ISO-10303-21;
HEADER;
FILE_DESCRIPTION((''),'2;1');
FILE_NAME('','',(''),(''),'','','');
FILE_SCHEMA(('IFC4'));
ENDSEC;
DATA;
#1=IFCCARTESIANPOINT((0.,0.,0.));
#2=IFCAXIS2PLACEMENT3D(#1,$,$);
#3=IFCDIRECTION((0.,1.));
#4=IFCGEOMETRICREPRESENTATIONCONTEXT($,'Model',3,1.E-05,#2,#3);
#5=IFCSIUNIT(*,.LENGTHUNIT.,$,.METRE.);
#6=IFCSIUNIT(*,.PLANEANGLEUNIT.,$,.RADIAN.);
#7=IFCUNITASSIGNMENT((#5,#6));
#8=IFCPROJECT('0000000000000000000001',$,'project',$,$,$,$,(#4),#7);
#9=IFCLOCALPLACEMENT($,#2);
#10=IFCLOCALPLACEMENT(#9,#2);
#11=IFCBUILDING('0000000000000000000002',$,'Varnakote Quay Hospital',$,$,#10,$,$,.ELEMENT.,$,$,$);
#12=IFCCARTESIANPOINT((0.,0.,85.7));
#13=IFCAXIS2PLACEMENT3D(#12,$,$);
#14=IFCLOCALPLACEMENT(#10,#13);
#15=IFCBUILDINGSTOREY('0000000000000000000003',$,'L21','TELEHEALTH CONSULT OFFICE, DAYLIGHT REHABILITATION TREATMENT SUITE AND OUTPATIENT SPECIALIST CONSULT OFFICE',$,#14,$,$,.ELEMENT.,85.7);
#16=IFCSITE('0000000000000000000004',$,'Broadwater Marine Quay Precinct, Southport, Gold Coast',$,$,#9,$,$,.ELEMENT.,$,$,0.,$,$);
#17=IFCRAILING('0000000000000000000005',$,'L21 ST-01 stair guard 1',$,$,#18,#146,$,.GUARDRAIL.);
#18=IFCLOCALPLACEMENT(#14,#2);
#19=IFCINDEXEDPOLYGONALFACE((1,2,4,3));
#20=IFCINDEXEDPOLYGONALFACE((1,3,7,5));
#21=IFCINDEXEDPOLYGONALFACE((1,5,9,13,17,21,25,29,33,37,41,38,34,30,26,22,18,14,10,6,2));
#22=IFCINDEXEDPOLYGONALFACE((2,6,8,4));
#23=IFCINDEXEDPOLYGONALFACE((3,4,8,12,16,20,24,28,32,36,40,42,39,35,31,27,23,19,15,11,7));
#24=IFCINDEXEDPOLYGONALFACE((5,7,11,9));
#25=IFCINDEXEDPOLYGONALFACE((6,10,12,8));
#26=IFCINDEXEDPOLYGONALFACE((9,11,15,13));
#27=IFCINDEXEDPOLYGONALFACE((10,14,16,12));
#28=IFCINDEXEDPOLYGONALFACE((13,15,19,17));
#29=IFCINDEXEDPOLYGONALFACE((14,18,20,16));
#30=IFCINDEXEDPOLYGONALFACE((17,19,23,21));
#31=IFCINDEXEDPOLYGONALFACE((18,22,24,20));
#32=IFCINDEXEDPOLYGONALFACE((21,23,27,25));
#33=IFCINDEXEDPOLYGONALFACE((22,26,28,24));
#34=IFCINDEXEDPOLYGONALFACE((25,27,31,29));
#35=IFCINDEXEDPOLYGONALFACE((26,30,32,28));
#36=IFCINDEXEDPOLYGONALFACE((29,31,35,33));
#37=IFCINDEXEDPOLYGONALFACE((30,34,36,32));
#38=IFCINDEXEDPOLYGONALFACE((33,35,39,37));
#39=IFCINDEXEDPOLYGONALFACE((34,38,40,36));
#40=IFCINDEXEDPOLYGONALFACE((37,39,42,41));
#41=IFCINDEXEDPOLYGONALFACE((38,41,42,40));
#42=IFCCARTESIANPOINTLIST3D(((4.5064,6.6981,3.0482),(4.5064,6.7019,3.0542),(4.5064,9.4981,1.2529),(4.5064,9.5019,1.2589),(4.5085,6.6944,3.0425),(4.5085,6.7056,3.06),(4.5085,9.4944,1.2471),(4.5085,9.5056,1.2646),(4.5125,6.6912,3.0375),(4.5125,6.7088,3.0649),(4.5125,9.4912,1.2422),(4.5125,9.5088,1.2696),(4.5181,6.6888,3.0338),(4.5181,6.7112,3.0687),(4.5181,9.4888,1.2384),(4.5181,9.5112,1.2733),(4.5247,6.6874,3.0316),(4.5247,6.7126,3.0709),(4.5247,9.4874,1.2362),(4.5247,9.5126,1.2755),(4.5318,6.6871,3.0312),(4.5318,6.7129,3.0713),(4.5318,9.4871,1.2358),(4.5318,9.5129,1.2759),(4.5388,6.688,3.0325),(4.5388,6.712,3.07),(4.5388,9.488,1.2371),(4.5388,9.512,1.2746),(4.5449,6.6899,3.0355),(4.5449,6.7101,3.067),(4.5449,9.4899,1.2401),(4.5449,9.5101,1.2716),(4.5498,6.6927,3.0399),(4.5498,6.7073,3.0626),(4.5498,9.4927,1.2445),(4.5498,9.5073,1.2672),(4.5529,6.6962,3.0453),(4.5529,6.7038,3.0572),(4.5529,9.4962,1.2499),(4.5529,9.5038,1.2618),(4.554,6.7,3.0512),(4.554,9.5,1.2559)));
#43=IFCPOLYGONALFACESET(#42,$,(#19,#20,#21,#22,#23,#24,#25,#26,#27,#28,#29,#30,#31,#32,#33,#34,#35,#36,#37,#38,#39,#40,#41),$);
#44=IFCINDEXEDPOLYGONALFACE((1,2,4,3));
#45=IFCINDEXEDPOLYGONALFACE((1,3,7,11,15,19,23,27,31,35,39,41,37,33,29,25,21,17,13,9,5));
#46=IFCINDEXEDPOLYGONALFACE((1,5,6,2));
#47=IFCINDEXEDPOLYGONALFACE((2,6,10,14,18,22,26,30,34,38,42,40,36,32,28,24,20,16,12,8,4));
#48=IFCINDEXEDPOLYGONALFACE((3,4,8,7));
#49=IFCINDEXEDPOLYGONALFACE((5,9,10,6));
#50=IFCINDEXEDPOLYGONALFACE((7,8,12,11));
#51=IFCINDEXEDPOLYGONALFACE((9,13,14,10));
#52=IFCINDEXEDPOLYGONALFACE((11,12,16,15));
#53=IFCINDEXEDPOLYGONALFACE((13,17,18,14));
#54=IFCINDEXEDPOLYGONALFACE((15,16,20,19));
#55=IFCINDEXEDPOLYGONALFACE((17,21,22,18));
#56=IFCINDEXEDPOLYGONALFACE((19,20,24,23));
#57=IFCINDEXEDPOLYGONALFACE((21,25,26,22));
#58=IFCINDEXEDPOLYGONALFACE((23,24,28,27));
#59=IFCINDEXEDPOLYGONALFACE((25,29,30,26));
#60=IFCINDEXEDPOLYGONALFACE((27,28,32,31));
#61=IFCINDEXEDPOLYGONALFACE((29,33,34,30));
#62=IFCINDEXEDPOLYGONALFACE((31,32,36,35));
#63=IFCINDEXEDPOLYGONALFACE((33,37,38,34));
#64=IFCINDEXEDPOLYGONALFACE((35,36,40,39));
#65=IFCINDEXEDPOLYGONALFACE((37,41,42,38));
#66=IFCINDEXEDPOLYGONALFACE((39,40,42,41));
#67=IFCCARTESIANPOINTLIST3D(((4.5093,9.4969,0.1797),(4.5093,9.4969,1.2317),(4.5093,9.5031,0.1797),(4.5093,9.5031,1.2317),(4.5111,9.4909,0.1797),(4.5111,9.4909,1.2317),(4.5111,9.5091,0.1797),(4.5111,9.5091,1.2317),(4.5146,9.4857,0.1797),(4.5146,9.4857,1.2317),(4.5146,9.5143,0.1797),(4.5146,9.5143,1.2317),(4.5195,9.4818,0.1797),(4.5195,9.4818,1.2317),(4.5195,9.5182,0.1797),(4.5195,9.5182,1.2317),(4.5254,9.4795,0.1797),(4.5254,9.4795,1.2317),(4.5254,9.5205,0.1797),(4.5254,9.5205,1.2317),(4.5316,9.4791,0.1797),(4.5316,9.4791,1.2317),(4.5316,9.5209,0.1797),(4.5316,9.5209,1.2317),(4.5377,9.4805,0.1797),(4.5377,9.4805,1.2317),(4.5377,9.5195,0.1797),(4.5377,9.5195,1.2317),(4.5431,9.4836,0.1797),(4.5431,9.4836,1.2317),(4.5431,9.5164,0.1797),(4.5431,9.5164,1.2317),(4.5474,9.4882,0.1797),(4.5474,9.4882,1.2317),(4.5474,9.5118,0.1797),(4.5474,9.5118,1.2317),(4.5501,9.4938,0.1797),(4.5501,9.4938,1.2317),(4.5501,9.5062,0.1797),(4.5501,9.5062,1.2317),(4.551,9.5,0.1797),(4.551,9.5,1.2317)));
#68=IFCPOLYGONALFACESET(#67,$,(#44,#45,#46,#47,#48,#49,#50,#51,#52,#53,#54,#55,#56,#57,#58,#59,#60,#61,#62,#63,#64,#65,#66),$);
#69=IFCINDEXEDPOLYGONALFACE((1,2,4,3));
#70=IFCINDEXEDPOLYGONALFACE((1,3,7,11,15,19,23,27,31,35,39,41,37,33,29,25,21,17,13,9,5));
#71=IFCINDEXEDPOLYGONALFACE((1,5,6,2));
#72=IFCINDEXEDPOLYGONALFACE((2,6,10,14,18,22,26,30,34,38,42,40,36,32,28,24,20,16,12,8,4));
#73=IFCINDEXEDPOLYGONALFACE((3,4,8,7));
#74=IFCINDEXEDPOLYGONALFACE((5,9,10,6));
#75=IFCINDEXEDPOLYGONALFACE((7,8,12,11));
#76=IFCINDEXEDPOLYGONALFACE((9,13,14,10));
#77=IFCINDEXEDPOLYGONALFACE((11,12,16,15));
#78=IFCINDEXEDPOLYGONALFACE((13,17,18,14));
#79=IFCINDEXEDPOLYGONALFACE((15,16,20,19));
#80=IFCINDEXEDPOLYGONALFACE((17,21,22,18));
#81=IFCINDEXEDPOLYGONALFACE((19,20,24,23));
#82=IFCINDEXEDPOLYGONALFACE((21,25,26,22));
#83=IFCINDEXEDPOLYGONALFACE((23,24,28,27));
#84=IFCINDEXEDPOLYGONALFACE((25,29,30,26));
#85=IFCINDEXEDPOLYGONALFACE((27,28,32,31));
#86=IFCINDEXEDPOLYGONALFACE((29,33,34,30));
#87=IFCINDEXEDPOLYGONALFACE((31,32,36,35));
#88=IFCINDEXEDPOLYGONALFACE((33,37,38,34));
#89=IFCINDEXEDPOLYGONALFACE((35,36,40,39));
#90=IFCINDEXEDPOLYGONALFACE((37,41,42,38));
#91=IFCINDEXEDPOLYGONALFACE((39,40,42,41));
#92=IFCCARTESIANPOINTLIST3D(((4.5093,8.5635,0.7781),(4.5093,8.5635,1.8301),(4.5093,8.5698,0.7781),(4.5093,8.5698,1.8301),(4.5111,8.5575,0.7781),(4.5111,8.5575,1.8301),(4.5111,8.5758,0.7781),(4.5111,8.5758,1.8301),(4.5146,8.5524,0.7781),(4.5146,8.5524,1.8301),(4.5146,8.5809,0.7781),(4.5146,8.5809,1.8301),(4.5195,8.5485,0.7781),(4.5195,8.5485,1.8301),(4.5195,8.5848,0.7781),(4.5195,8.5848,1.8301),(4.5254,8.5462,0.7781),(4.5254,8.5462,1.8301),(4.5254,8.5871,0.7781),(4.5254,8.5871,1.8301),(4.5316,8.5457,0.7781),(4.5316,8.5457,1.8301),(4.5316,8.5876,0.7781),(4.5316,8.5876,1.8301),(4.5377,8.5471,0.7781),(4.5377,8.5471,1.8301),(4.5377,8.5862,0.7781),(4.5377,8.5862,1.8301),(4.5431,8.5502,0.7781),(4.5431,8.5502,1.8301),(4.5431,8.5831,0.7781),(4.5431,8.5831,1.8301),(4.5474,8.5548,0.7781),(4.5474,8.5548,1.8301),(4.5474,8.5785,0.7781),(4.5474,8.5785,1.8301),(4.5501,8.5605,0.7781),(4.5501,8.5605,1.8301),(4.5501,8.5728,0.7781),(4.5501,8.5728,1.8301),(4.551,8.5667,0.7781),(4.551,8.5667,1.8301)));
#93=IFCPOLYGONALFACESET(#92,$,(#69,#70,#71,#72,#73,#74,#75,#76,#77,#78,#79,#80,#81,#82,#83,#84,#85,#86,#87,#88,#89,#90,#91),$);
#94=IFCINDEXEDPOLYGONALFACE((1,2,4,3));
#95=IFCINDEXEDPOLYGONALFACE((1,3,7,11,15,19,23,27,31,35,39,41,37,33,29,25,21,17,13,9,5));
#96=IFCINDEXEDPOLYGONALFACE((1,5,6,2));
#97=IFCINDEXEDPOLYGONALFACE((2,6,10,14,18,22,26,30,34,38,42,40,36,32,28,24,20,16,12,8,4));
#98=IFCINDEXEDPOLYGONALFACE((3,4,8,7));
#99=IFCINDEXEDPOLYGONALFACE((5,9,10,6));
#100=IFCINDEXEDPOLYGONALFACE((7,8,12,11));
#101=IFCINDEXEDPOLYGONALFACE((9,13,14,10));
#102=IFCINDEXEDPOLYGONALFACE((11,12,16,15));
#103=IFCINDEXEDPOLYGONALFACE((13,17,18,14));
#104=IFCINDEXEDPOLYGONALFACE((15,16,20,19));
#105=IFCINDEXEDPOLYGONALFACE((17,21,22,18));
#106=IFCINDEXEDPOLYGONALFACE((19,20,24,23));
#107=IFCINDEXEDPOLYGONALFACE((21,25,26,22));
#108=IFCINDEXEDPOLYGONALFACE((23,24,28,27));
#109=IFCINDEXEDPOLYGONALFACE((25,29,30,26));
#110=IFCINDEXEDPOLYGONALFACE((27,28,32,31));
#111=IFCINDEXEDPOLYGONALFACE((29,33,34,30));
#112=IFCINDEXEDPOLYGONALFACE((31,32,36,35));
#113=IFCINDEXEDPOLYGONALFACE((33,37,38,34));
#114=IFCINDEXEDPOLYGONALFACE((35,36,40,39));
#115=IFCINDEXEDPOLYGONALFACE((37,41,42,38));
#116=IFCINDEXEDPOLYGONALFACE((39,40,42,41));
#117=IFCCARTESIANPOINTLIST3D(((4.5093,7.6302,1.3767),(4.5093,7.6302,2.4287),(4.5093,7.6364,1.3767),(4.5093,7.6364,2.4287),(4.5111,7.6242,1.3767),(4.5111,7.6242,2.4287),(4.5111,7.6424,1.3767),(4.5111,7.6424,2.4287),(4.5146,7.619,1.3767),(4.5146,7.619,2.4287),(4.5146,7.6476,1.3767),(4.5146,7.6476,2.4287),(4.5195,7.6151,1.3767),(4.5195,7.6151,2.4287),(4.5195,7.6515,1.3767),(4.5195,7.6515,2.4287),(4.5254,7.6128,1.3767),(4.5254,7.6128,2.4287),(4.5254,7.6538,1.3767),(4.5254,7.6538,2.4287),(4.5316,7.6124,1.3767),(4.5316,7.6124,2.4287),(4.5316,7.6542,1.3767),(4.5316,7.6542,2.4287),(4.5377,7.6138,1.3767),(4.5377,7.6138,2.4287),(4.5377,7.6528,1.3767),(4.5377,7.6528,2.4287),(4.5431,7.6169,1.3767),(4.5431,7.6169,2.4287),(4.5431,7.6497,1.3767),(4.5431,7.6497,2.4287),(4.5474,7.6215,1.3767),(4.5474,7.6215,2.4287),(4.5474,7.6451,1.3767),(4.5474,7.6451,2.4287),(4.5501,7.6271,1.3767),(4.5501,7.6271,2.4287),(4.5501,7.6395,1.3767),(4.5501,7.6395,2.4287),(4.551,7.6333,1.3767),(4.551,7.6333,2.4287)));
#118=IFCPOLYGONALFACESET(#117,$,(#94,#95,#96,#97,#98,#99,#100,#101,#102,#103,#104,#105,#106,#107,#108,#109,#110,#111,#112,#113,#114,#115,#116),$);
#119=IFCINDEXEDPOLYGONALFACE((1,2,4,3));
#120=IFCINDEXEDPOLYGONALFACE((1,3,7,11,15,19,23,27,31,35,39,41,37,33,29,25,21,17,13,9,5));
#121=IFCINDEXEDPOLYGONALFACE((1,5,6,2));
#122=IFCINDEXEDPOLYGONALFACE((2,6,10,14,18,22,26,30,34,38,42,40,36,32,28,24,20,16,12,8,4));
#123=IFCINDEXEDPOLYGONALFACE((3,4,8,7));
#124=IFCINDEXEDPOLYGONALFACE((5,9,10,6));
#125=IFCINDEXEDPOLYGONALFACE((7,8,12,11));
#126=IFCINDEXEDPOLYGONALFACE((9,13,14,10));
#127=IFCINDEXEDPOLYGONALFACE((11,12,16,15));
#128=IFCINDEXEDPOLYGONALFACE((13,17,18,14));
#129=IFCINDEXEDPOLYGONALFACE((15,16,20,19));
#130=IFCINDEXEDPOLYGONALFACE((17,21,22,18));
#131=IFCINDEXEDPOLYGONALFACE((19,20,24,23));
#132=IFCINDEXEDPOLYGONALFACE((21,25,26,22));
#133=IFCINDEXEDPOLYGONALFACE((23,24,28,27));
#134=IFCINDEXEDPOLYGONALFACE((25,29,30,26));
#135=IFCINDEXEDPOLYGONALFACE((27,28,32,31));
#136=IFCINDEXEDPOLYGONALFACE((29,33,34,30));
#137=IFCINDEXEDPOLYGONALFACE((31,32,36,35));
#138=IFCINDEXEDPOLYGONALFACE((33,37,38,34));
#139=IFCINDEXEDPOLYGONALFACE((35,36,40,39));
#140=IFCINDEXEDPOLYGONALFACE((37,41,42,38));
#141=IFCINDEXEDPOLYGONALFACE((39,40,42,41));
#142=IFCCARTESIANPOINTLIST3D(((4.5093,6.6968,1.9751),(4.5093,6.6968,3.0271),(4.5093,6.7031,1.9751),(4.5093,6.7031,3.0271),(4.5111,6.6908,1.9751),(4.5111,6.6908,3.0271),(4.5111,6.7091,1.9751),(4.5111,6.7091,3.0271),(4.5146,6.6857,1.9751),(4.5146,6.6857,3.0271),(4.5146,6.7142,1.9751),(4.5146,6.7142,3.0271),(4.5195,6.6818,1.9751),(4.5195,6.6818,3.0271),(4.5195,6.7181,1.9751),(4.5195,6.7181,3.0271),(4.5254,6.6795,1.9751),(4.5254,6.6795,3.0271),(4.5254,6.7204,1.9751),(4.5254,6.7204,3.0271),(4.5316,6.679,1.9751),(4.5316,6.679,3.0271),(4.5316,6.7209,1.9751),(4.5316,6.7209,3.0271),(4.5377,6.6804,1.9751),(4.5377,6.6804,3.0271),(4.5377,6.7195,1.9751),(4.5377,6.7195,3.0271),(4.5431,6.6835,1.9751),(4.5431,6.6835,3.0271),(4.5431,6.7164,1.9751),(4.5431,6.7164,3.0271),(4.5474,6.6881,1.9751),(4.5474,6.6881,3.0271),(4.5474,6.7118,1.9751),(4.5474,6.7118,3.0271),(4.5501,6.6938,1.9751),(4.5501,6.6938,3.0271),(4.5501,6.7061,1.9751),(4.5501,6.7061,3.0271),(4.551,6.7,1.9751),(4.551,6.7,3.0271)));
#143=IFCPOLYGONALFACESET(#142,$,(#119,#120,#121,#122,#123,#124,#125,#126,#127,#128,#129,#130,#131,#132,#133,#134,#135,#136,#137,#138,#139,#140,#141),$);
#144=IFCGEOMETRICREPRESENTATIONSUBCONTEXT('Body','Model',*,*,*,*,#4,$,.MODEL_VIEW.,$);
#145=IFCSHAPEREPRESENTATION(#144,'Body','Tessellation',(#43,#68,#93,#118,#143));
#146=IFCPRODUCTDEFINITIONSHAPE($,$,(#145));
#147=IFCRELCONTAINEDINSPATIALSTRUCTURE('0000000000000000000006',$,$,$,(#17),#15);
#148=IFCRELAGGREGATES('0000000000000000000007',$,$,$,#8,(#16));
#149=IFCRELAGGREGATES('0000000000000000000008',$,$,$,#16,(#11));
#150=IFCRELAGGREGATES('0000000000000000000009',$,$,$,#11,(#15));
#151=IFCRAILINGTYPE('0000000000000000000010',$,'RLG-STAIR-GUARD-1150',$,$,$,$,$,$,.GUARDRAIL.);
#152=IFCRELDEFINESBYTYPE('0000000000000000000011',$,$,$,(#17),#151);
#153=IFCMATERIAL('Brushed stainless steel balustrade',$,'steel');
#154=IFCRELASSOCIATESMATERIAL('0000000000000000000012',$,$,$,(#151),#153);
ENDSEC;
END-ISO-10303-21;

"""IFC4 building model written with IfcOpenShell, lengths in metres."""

from ifc_helpers import new_model, si_unit, direction, frame, origin, origin_2d, place, context, subcontext, project, spatial, circle, extrude, material, type_object, element, save


model = new_model("IFC4")

# Units and contexts
model_context = context("Model", 3, precision=1e-05, world=origin(), true_north=direction((0.0, 1.0)))
body_context = subcontext(model_context, "Body", "Model", "MODEL_VIEW")
ifc_project = project(units=[si_unit("LENGTHUNIT", "METRE"), si_unit("PLANEANGLEUNIT", "RADIAN")], contexts=[model_context])

# Site, building, storey
site_placement = place(None, origin())
site = spatial("IfcSite", under=ifc_project, at=site_placement, Name="Broadwater Marine Quay Precinct, Southport, Gold Coast", CompositionType="ELEMENT", RefElevation=0.0)
building_placement = place(site_placement, origin())
building = spatial("IfcBuilding", under=site, at=building_placement, Name="Varnakote Quay Hospital", CompositionType="ELEMENT")
storey_placement = place(building_placement, frame((0.0, 0.0, 85.7)))
storey = spatial("IfcBuildingStorey", under=building, at=storey_placement, Name="L21", Description="TELEHEALTH CONSULT OFFICE, DAYLIGHT REHABILITATION TREATMENT SUITE AND OUTPATIENT SPECIALIST CONSULT OFFICE", CompositionType="ELEMENT", Elevation=85.7)

# Railing
ifc_material_1 = material(Name="Brushed stainless steel balustrade", Category="steel")
railing_type_1 = type_object("IfcRailingType", Name="RLG-STAIR-GUARD-1150", PredefinedType="GUARDRAIL", material=ifc_material_1)
railing_1_placement = place(storey_placement, frame((4.53, 9.5, 0.1797)))
element("IfcRailing", 1, at=railing_1_placement, inside=storey, type_object=railing_type_1, Name="L21 ST-01 stair guard 1", PredefinedType="GUARDRAIL", context=body_context, shape_type="SweptSolid", body=[
    extrude(circle(Radius=0.0239, at=origin_2d()), frame((0.0, 0.0, 1.0762), z_axis=(0.0, -0.84181, 0.539774), x_axis=(1.0, 0.0, 0.0)), (0.0, 0.0, 1.0), 3.3262),
    extrude(circle(Radius=0.021, at=origin_2d()), origin(), (0.0, 0.0, 1.0), 1.052),
    extrude(circle(Radius=0.021, at=origin_2d()), frame((0.0, -0.9333, 0.5984)), (0.0, 0.0, 1.0), 1.052),
    extrude(circle(Radius=0.021, at=origin_2d()), frame((0.0, -1.8667, 1.197)), (0.0, 0.0, 1.0), 1.052),
    extrude(circle(Radius=0.021, at=origin_2d()), frame((0.0, -2.8, 1.7954)), (0.0, 0.0, 1.0), 1.052),
])

save(model, "model.ifc")
